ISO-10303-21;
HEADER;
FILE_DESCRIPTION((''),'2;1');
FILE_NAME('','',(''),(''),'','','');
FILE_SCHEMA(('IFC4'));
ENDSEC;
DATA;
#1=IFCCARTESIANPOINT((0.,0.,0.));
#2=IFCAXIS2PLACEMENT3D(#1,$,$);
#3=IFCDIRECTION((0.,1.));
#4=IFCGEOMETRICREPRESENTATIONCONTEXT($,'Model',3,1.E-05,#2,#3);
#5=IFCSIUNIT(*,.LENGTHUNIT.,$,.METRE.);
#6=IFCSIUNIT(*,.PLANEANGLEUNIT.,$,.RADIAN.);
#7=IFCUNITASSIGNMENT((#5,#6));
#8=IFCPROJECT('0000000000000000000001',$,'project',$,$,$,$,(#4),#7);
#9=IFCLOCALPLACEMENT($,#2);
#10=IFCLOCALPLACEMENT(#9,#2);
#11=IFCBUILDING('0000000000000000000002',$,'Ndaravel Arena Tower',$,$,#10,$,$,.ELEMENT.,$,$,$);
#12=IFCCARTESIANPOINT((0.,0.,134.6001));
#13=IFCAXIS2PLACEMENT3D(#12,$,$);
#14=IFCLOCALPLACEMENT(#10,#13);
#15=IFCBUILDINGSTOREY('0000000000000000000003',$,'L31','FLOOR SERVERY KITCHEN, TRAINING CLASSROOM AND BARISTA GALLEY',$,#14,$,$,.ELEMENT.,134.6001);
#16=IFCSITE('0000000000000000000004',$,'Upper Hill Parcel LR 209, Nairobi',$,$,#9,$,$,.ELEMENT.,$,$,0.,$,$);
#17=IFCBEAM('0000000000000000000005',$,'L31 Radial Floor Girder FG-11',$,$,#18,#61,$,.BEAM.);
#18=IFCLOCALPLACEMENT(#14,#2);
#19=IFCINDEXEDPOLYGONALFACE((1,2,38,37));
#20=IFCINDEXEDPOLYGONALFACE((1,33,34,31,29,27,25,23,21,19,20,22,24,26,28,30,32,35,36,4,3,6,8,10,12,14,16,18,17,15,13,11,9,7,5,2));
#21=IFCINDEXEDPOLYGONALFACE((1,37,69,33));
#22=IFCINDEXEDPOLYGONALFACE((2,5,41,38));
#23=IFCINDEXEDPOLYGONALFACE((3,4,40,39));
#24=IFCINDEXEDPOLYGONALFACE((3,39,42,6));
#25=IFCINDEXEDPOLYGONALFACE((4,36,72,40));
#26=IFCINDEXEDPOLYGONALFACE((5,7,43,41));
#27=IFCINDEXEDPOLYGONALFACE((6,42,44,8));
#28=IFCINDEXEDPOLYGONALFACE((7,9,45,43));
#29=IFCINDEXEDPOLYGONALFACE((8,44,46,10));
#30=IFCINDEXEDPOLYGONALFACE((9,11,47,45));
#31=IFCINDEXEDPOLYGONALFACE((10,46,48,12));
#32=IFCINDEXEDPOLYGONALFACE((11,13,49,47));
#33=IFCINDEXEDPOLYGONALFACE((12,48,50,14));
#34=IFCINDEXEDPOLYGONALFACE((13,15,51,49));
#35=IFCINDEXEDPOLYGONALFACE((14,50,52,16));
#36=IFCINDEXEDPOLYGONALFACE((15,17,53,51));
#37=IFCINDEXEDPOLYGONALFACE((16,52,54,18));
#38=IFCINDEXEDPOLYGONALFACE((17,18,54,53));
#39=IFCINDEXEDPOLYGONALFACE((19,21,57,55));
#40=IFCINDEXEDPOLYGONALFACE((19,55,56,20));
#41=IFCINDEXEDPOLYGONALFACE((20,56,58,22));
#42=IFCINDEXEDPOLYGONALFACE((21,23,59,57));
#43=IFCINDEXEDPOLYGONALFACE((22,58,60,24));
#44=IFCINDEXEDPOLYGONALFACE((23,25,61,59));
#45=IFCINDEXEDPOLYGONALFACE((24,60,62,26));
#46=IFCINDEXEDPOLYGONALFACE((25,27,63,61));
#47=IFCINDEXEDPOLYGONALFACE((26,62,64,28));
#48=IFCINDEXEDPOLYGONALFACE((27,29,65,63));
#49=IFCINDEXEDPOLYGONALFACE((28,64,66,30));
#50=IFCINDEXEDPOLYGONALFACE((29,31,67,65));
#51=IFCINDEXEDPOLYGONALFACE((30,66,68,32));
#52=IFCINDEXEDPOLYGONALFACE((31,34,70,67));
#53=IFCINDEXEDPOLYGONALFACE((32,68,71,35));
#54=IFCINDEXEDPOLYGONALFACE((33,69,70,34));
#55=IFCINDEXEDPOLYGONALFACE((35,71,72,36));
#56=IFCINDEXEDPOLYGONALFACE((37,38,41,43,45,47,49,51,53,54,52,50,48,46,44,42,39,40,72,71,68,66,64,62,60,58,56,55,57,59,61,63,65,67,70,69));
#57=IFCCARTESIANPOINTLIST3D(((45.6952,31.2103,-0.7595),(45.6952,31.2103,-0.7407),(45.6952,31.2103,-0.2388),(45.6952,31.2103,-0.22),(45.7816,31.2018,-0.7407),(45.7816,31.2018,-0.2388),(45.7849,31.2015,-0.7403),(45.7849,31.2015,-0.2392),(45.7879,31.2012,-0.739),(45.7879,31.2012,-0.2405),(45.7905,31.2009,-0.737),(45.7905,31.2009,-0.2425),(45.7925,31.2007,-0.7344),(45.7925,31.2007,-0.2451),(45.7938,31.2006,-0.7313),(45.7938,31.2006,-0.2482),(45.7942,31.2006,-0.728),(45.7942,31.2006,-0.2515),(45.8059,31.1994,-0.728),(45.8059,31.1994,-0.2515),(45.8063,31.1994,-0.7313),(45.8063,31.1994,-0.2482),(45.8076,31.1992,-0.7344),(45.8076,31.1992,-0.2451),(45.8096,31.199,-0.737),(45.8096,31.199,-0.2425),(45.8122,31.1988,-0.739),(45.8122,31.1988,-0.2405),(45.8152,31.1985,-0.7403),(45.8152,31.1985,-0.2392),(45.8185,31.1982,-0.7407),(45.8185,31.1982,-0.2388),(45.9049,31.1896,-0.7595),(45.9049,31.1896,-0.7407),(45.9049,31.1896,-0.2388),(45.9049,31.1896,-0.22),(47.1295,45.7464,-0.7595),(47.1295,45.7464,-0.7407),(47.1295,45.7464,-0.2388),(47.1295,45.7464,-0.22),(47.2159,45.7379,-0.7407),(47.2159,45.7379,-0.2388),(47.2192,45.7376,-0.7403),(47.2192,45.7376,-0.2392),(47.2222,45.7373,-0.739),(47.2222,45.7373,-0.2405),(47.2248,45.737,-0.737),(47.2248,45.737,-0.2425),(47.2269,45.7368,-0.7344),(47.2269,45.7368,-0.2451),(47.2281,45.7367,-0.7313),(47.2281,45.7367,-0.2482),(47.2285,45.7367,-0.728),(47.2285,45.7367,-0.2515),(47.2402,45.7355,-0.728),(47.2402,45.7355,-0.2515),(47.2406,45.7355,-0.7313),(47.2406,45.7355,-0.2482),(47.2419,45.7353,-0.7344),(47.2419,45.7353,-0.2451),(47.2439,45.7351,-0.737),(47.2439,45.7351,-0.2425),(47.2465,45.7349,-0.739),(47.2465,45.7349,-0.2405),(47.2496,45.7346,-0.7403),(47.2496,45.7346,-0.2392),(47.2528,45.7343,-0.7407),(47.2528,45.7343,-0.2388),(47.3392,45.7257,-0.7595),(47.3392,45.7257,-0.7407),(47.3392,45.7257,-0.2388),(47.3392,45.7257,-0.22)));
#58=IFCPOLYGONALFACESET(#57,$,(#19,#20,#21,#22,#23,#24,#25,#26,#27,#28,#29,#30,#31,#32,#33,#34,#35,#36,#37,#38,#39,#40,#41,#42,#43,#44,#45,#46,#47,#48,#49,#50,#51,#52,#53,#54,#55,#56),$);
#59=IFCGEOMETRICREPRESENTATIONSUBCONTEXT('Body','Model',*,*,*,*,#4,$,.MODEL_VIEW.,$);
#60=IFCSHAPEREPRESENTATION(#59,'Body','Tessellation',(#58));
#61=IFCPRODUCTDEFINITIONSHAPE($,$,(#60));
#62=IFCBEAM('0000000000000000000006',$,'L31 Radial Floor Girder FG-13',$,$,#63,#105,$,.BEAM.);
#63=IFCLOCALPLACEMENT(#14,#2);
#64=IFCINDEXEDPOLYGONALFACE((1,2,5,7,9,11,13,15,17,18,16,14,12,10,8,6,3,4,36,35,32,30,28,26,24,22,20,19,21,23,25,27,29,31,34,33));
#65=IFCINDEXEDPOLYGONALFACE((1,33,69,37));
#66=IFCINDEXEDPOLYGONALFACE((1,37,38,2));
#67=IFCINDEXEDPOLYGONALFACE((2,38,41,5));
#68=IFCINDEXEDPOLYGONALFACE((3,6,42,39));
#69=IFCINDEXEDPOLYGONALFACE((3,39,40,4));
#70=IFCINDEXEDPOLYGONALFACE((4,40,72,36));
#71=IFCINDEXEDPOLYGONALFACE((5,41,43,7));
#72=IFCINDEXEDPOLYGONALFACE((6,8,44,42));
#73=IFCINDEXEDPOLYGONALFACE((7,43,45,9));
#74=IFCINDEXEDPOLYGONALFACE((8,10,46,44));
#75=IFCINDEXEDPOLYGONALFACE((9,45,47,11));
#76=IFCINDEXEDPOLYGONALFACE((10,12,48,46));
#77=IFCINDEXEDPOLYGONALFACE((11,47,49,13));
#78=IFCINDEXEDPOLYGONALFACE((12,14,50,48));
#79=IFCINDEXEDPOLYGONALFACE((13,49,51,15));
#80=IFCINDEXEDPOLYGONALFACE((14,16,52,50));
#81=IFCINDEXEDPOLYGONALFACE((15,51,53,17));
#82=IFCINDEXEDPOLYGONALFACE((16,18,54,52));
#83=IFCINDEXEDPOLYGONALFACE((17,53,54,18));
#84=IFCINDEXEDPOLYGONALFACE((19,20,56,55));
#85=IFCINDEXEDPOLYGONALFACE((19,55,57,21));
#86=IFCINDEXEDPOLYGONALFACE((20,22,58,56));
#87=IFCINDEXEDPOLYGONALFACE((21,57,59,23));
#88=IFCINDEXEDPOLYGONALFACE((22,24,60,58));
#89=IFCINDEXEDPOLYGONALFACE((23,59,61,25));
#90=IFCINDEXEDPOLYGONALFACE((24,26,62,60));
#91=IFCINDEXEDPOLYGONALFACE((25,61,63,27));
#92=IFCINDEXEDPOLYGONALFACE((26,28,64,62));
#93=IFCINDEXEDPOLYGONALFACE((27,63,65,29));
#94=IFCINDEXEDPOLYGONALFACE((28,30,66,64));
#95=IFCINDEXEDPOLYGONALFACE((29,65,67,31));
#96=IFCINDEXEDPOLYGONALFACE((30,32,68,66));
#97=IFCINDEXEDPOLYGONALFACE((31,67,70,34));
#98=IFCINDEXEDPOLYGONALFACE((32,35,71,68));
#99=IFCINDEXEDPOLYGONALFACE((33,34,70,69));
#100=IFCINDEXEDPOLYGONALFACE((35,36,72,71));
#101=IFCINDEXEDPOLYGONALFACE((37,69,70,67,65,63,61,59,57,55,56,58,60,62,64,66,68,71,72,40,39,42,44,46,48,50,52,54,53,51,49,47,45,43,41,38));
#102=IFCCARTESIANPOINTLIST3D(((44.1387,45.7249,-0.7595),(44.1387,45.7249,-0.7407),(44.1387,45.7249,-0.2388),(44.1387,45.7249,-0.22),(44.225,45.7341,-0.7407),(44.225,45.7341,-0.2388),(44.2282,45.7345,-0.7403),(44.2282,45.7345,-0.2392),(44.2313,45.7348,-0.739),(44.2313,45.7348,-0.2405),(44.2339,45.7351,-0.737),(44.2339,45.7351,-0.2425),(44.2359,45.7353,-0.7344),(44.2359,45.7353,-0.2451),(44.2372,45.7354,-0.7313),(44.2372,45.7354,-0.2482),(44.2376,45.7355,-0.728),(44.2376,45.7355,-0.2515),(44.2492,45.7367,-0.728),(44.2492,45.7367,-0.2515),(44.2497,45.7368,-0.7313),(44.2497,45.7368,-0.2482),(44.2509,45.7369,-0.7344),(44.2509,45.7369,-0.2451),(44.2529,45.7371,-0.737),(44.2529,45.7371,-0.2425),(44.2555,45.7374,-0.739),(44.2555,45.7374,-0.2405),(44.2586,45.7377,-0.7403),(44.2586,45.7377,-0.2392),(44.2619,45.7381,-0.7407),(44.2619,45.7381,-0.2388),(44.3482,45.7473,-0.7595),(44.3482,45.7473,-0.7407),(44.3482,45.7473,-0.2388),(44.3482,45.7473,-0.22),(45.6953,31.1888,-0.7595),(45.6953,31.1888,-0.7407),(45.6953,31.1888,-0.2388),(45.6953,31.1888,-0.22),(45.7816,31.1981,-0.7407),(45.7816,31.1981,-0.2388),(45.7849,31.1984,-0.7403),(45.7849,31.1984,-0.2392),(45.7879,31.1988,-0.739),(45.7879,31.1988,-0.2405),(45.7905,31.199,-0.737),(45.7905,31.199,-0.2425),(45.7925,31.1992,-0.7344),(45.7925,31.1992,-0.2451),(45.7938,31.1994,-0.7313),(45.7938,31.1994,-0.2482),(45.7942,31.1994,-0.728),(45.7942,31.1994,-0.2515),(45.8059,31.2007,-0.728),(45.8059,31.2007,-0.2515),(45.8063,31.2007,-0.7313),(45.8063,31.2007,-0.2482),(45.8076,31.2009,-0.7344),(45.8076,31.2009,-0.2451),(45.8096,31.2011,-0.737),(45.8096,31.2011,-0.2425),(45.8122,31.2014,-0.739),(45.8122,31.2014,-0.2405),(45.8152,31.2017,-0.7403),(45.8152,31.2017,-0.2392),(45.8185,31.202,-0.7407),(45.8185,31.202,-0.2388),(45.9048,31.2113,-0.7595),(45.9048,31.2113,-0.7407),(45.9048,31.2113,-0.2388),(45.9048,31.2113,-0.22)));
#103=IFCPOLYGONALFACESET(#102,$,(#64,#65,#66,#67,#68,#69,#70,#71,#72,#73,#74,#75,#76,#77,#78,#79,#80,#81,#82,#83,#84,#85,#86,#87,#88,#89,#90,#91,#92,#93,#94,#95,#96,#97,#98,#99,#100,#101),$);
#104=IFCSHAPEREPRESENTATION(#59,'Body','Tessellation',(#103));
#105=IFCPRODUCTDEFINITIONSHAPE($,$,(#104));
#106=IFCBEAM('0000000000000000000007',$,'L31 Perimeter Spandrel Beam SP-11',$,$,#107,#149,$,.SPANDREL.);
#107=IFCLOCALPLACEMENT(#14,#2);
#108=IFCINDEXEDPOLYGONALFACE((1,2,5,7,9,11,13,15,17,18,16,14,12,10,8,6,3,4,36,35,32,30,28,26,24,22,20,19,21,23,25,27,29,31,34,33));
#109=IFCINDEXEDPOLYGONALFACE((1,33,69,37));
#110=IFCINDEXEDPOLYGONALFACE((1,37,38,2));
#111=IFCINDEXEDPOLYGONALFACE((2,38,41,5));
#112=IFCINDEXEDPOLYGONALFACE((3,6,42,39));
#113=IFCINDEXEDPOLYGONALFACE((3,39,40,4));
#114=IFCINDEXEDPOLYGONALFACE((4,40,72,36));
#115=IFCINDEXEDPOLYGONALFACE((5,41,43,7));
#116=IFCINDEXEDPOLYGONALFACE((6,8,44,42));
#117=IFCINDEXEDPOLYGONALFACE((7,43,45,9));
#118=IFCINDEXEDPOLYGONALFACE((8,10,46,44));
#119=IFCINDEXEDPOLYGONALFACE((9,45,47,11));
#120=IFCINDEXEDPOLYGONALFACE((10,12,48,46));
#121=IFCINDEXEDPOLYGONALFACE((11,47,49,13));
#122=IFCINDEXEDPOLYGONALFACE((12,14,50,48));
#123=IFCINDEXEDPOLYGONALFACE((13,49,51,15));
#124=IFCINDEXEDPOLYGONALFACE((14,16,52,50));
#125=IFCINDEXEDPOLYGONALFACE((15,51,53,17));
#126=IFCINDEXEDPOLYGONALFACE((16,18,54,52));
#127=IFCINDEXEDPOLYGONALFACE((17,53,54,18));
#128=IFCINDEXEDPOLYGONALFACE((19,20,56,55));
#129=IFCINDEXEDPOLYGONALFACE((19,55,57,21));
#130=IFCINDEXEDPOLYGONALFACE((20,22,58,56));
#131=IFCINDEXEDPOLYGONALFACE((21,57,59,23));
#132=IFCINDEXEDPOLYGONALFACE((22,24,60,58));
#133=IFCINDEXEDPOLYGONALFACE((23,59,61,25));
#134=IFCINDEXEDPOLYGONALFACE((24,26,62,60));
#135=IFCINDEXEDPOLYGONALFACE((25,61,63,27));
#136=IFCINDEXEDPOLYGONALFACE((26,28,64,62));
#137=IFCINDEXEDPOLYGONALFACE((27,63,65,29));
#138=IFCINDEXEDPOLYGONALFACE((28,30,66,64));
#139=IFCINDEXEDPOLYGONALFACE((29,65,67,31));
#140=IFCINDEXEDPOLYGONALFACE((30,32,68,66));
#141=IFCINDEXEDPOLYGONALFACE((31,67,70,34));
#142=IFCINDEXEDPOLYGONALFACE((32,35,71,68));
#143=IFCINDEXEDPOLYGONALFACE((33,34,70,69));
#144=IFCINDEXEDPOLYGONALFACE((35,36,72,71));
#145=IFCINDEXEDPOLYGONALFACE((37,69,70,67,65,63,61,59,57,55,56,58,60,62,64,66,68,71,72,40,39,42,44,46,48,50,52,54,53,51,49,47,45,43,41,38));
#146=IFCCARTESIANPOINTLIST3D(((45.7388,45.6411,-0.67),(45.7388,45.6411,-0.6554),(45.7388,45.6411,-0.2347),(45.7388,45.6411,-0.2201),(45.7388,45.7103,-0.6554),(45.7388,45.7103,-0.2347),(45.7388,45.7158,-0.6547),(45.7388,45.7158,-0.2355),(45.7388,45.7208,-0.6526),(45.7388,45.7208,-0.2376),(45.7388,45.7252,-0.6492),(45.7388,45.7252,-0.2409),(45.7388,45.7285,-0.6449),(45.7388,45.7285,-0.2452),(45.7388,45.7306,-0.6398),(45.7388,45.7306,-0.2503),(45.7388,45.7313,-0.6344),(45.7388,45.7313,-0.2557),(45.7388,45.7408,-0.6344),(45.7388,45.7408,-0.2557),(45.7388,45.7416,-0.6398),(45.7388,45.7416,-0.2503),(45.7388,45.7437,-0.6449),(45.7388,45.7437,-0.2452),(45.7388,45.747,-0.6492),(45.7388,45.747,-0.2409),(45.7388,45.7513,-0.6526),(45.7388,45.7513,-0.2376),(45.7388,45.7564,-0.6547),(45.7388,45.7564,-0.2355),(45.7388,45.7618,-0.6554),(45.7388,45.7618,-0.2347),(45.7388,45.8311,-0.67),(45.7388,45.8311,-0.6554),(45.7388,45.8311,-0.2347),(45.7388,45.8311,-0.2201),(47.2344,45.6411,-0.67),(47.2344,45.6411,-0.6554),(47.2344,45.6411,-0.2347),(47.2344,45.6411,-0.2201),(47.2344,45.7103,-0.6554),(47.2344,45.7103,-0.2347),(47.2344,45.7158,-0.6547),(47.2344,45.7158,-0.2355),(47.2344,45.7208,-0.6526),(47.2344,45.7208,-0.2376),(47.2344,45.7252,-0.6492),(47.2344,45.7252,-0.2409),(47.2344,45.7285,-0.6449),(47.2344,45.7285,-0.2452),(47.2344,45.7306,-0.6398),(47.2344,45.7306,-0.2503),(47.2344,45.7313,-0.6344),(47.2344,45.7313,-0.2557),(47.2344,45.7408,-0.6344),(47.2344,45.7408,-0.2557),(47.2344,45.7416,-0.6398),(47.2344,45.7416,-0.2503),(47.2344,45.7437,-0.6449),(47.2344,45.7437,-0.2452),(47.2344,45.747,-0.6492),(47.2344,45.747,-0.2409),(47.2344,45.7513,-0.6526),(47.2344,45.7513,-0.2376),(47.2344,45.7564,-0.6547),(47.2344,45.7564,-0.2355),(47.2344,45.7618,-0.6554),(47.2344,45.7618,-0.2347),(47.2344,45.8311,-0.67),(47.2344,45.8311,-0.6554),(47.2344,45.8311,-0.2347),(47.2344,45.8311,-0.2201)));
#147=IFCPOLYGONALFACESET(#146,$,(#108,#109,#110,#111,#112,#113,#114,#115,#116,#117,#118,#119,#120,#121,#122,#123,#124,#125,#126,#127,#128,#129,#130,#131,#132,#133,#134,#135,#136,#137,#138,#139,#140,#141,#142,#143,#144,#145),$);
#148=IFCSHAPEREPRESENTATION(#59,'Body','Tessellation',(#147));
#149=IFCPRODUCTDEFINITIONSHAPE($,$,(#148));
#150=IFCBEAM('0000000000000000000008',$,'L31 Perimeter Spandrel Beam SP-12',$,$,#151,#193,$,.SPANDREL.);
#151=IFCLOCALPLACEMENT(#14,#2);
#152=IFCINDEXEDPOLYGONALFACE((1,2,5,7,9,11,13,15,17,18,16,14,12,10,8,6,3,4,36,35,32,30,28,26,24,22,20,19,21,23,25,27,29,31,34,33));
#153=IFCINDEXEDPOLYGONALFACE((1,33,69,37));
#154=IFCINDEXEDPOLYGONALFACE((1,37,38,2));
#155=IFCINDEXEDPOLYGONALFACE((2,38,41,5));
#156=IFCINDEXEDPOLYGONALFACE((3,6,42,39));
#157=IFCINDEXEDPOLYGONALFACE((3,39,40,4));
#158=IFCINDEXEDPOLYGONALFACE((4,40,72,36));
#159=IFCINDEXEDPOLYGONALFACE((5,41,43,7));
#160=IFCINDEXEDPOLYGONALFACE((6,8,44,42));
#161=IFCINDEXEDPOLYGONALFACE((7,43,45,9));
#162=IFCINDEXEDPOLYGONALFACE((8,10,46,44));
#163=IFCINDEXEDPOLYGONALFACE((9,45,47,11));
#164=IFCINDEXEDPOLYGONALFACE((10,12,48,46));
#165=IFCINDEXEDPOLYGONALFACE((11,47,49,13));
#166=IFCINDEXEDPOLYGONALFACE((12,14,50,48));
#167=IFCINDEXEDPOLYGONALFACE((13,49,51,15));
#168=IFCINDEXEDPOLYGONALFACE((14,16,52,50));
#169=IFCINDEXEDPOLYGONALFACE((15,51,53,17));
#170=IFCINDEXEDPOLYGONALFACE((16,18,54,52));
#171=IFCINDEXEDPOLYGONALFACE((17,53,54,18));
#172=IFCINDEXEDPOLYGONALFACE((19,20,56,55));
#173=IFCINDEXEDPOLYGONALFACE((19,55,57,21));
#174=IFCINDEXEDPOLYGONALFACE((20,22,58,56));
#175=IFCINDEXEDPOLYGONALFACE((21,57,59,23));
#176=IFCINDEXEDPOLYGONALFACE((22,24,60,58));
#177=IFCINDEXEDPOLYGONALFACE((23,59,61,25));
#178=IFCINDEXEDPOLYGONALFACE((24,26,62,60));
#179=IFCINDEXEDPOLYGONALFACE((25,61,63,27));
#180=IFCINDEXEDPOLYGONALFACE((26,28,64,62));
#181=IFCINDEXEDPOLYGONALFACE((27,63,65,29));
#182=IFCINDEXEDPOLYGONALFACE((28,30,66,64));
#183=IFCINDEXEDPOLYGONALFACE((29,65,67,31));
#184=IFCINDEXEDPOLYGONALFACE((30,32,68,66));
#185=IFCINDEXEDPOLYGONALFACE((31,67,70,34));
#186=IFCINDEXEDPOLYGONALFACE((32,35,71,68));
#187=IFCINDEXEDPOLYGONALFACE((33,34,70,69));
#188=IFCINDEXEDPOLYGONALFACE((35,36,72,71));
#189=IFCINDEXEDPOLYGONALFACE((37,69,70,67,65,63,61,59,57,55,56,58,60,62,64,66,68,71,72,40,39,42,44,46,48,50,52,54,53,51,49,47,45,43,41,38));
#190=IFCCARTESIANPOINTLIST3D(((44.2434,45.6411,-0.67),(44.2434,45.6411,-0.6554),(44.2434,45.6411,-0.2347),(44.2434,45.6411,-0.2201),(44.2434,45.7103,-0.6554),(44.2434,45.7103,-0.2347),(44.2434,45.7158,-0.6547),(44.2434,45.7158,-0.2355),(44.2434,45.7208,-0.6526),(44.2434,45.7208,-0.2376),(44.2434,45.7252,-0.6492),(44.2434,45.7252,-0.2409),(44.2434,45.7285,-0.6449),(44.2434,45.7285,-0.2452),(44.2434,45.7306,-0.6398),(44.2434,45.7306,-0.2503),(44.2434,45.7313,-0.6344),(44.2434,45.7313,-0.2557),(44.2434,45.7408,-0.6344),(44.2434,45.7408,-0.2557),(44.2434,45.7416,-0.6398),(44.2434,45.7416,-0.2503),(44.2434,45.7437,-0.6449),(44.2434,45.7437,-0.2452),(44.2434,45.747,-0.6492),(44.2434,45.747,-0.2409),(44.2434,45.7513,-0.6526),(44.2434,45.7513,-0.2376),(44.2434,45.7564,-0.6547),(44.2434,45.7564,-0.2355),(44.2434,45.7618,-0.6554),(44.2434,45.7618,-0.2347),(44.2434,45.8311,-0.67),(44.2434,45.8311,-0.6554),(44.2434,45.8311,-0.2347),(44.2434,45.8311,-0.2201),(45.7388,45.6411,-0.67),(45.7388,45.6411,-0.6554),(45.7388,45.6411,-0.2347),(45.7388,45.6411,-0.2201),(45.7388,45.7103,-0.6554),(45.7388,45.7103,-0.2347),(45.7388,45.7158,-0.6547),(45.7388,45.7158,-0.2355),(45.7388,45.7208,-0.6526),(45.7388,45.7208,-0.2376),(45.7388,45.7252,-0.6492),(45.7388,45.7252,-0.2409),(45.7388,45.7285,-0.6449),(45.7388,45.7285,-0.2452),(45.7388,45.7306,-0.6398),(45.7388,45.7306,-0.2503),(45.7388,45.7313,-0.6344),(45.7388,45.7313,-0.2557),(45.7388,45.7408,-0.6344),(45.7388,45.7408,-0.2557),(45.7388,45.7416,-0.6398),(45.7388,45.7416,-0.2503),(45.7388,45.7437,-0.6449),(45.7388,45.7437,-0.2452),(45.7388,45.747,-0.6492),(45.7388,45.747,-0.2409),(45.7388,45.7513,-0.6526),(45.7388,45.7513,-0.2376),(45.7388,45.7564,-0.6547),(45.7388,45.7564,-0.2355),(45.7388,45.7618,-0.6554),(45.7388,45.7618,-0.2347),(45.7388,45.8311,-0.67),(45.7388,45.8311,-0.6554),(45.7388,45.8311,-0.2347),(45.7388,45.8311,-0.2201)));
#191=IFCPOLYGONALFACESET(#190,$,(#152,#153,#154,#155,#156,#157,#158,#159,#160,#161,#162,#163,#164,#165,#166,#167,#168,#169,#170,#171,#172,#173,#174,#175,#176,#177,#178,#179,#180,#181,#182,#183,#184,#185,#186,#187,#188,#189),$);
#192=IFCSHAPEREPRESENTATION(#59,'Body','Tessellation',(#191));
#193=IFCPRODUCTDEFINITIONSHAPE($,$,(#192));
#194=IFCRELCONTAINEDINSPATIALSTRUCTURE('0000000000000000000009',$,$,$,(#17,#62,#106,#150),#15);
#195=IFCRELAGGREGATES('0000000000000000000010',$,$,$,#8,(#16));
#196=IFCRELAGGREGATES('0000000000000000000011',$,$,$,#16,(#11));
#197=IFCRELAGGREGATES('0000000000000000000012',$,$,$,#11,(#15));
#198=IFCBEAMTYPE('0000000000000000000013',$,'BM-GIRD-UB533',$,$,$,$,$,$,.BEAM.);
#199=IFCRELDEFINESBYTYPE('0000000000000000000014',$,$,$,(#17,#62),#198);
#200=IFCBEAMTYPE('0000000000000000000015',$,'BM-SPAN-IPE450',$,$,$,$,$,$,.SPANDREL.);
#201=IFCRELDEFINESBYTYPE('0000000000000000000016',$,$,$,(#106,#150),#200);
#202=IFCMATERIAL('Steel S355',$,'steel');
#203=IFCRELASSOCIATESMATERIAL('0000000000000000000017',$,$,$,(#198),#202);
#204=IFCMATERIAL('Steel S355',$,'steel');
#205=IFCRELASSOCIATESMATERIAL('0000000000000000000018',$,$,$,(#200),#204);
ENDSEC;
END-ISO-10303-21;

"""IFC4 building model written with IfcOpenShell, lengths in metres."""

from ifc_helpers import new_model, si_unit, direction, frame, origin, origin_2d, place, context, subcontext, project, spatial, i_section, extrude, material, material_profile, profile_set, type_object, element, save


model = new_model("IFC4")

# Units and contexts
model_context = context("Model", 3, precision=1e-05, world=origin(), true_north=direction((0.0, 1.0)))
body_context = subcontext(model_context, "Body", "Model", "MODEL_VIEW")
ifc_project = project(units=[si_unit("LENGTHUNIT", "METRE"), si_unit("PLANEANGLEUNIT", "RADIAN")], contexts=[model_context])

# Site, building, storey
site_placement = place(None, origin())
site = spatial("IfcSite", under=ifc_project, at=site_placement, Name="Upper Hill Parcel LR 209, Nairobi", CompositionType="ELEMENT", RefElevation=0.0)
building_placement = place(site_placement, origin())
building = spatial("IfcBuilding", under=site, at=building_placement, Name="Ndaravel Arena Tower", CompositionType="ELEMENT")
storey_placement = place(building_placement, frame((0.0, 0.0, 134.6001)))
storey = spatial("IfcBuildingStorey", under=building, at=storey_placement, Name="L31", Description="FLOOR SERVERY KITCHEN, TRAINING CLASSROOM AND BARISTA GALLEY", CompositionType="ELEMENT", Elevation=134.6001)

# Beams
ifc_material_1 = material(Name="Steel S355", Category="steel")
ifc_material_profile_1 = material_profile(ifc_material_1, i_section(OverallWidth=0.2107, OverallDepth=0.5396, WebThickness=0.0117, FlangeThickness=0.0188, FilletRadius=0.0127, at=origin_2d()), Name="UB 533x210x109")
ifc_profile_set_1 = profile_set([ifc_material_profile_1], Name="Steel S355")
beam_type_1 = type_object("IfcBeamType", Name="BM-GIRD-UB533", PredefinedType="BEAM", material=ifc_profile_set_1)
beam_1_placement = place(storey_placement, frame((47.2344, 45.7361, -0.4897), z_axis=(-0.098196, -0.995167, 0.0), x_axis=(0.995167, -0.098196, 0.0)))
element("IfcBeam", 1, at=beam_1_placement, inside=storey, type_object=beam_type_1, Name="L31 Radial Floor Girder FG-11", PredefinedType="BEAM", context=body_context, shape_type="SweptSolid", body=[
    extrude(i_section(OverallWidth=0.2107, OverallDepth=0.5396, WebThickness=0.0117, FlangeThickness=0.0188, FilletRadius=0.0127, at=origin_2d()), origin(), (0.0, 0.0, 1.0), 14.6067),
])
beam_2_placement = place(storey_placement, frame((44.2434, 45.7361, -0.4897), z_axis=(0.106479, -0.994315, 0.0), x_axis=(0.994315, 0.106479, 0.0)))
element("IfcBeam", 2, at=beam_2_placement, inside=storey, type_object=beam_type_1, Name="L31 Radial Floor Girder FG-13", PredefinedType="BEAM", context=body_context, shape_type="SweptSolid", body=[
    extrude(i_section(OverallWidth=0.2107, OverallDepth=0.5396, WebThickness=0.0117, FlangeThickness=0.0188, FilletRadius=0.0127, at=origin_2d()), origin(), (0.0, 0.0, 1.0), 14.6191),
])
ifc_material_2 = material(Name="Steel S355", Category="steel")
ifc_material_profile_2 = material_profile(ifc_material_2, i_section(OverallWidth=0.1899, OverallDepth=0.45, WebThickness=0.0095, FlangeThickness=0.0146, FilletRadius=0.021, at=origin_2d()), Name="IPE 450")
ifc_profile_set_2 = profile_set([ifc_material_profile_2], Name="Steel S355")
beam_type_2 = type_object("IfcBeamType", Name="BM-SPAN-IPE450", PredefinedType="SPANDREL", material=ifc_profile_set_2)
beam_3_placement = place(storey_placement, frame((47.2344, 45.7361, -0.4451), z_axis=(-1.0, 0.0, 0.0), x_axis=(0.0, -1.0, 0.0)))
element("IfcBeam", 3, at=beam_3_placement, inside=storey, type_object=beam_type_2, Name="L31 Perimeter Spandrel Beam SP-11", PredefinedType="SPANDREL", context=body_context, shape_type="SweptSolid", body=[
    extrude(i_section(OverallWidth=0.1899, OverallDepth=0.45, WebThickness=0.0095, FlangeThickness=0.0146, FilletRadius=0.021, at=origin_2d()), origin(), (0.0, 0.0, 1.0), 1.4956),
])
beam_4_placement = place(storey_placement, frame((45.7388, 45.7361, -0.4451), z_axis=(-1.0, 0.0, 0.0), x_axis=(0.0, -1.0, 0.0)))
element("IfcBeam", 4, at=beam_4_placement, inside=storey, type_object=beam_type_2, Name="L31 Perimeter Spandrel Beam SP-12", PredefinedType="SPANDREL", context=body_context, shape_type="SweptSolid", body=[
    extrude(i_section(OverallWidth=0.1899, OverallDepth=0.45, WebThickness=0.0095, FlangeThickness=0.0146, FilletRadius=0.021, at=origin_2d()), origin(), (0.0, 0.0, 1.0), 1.4954),
])

save(model, "model.ifc")
